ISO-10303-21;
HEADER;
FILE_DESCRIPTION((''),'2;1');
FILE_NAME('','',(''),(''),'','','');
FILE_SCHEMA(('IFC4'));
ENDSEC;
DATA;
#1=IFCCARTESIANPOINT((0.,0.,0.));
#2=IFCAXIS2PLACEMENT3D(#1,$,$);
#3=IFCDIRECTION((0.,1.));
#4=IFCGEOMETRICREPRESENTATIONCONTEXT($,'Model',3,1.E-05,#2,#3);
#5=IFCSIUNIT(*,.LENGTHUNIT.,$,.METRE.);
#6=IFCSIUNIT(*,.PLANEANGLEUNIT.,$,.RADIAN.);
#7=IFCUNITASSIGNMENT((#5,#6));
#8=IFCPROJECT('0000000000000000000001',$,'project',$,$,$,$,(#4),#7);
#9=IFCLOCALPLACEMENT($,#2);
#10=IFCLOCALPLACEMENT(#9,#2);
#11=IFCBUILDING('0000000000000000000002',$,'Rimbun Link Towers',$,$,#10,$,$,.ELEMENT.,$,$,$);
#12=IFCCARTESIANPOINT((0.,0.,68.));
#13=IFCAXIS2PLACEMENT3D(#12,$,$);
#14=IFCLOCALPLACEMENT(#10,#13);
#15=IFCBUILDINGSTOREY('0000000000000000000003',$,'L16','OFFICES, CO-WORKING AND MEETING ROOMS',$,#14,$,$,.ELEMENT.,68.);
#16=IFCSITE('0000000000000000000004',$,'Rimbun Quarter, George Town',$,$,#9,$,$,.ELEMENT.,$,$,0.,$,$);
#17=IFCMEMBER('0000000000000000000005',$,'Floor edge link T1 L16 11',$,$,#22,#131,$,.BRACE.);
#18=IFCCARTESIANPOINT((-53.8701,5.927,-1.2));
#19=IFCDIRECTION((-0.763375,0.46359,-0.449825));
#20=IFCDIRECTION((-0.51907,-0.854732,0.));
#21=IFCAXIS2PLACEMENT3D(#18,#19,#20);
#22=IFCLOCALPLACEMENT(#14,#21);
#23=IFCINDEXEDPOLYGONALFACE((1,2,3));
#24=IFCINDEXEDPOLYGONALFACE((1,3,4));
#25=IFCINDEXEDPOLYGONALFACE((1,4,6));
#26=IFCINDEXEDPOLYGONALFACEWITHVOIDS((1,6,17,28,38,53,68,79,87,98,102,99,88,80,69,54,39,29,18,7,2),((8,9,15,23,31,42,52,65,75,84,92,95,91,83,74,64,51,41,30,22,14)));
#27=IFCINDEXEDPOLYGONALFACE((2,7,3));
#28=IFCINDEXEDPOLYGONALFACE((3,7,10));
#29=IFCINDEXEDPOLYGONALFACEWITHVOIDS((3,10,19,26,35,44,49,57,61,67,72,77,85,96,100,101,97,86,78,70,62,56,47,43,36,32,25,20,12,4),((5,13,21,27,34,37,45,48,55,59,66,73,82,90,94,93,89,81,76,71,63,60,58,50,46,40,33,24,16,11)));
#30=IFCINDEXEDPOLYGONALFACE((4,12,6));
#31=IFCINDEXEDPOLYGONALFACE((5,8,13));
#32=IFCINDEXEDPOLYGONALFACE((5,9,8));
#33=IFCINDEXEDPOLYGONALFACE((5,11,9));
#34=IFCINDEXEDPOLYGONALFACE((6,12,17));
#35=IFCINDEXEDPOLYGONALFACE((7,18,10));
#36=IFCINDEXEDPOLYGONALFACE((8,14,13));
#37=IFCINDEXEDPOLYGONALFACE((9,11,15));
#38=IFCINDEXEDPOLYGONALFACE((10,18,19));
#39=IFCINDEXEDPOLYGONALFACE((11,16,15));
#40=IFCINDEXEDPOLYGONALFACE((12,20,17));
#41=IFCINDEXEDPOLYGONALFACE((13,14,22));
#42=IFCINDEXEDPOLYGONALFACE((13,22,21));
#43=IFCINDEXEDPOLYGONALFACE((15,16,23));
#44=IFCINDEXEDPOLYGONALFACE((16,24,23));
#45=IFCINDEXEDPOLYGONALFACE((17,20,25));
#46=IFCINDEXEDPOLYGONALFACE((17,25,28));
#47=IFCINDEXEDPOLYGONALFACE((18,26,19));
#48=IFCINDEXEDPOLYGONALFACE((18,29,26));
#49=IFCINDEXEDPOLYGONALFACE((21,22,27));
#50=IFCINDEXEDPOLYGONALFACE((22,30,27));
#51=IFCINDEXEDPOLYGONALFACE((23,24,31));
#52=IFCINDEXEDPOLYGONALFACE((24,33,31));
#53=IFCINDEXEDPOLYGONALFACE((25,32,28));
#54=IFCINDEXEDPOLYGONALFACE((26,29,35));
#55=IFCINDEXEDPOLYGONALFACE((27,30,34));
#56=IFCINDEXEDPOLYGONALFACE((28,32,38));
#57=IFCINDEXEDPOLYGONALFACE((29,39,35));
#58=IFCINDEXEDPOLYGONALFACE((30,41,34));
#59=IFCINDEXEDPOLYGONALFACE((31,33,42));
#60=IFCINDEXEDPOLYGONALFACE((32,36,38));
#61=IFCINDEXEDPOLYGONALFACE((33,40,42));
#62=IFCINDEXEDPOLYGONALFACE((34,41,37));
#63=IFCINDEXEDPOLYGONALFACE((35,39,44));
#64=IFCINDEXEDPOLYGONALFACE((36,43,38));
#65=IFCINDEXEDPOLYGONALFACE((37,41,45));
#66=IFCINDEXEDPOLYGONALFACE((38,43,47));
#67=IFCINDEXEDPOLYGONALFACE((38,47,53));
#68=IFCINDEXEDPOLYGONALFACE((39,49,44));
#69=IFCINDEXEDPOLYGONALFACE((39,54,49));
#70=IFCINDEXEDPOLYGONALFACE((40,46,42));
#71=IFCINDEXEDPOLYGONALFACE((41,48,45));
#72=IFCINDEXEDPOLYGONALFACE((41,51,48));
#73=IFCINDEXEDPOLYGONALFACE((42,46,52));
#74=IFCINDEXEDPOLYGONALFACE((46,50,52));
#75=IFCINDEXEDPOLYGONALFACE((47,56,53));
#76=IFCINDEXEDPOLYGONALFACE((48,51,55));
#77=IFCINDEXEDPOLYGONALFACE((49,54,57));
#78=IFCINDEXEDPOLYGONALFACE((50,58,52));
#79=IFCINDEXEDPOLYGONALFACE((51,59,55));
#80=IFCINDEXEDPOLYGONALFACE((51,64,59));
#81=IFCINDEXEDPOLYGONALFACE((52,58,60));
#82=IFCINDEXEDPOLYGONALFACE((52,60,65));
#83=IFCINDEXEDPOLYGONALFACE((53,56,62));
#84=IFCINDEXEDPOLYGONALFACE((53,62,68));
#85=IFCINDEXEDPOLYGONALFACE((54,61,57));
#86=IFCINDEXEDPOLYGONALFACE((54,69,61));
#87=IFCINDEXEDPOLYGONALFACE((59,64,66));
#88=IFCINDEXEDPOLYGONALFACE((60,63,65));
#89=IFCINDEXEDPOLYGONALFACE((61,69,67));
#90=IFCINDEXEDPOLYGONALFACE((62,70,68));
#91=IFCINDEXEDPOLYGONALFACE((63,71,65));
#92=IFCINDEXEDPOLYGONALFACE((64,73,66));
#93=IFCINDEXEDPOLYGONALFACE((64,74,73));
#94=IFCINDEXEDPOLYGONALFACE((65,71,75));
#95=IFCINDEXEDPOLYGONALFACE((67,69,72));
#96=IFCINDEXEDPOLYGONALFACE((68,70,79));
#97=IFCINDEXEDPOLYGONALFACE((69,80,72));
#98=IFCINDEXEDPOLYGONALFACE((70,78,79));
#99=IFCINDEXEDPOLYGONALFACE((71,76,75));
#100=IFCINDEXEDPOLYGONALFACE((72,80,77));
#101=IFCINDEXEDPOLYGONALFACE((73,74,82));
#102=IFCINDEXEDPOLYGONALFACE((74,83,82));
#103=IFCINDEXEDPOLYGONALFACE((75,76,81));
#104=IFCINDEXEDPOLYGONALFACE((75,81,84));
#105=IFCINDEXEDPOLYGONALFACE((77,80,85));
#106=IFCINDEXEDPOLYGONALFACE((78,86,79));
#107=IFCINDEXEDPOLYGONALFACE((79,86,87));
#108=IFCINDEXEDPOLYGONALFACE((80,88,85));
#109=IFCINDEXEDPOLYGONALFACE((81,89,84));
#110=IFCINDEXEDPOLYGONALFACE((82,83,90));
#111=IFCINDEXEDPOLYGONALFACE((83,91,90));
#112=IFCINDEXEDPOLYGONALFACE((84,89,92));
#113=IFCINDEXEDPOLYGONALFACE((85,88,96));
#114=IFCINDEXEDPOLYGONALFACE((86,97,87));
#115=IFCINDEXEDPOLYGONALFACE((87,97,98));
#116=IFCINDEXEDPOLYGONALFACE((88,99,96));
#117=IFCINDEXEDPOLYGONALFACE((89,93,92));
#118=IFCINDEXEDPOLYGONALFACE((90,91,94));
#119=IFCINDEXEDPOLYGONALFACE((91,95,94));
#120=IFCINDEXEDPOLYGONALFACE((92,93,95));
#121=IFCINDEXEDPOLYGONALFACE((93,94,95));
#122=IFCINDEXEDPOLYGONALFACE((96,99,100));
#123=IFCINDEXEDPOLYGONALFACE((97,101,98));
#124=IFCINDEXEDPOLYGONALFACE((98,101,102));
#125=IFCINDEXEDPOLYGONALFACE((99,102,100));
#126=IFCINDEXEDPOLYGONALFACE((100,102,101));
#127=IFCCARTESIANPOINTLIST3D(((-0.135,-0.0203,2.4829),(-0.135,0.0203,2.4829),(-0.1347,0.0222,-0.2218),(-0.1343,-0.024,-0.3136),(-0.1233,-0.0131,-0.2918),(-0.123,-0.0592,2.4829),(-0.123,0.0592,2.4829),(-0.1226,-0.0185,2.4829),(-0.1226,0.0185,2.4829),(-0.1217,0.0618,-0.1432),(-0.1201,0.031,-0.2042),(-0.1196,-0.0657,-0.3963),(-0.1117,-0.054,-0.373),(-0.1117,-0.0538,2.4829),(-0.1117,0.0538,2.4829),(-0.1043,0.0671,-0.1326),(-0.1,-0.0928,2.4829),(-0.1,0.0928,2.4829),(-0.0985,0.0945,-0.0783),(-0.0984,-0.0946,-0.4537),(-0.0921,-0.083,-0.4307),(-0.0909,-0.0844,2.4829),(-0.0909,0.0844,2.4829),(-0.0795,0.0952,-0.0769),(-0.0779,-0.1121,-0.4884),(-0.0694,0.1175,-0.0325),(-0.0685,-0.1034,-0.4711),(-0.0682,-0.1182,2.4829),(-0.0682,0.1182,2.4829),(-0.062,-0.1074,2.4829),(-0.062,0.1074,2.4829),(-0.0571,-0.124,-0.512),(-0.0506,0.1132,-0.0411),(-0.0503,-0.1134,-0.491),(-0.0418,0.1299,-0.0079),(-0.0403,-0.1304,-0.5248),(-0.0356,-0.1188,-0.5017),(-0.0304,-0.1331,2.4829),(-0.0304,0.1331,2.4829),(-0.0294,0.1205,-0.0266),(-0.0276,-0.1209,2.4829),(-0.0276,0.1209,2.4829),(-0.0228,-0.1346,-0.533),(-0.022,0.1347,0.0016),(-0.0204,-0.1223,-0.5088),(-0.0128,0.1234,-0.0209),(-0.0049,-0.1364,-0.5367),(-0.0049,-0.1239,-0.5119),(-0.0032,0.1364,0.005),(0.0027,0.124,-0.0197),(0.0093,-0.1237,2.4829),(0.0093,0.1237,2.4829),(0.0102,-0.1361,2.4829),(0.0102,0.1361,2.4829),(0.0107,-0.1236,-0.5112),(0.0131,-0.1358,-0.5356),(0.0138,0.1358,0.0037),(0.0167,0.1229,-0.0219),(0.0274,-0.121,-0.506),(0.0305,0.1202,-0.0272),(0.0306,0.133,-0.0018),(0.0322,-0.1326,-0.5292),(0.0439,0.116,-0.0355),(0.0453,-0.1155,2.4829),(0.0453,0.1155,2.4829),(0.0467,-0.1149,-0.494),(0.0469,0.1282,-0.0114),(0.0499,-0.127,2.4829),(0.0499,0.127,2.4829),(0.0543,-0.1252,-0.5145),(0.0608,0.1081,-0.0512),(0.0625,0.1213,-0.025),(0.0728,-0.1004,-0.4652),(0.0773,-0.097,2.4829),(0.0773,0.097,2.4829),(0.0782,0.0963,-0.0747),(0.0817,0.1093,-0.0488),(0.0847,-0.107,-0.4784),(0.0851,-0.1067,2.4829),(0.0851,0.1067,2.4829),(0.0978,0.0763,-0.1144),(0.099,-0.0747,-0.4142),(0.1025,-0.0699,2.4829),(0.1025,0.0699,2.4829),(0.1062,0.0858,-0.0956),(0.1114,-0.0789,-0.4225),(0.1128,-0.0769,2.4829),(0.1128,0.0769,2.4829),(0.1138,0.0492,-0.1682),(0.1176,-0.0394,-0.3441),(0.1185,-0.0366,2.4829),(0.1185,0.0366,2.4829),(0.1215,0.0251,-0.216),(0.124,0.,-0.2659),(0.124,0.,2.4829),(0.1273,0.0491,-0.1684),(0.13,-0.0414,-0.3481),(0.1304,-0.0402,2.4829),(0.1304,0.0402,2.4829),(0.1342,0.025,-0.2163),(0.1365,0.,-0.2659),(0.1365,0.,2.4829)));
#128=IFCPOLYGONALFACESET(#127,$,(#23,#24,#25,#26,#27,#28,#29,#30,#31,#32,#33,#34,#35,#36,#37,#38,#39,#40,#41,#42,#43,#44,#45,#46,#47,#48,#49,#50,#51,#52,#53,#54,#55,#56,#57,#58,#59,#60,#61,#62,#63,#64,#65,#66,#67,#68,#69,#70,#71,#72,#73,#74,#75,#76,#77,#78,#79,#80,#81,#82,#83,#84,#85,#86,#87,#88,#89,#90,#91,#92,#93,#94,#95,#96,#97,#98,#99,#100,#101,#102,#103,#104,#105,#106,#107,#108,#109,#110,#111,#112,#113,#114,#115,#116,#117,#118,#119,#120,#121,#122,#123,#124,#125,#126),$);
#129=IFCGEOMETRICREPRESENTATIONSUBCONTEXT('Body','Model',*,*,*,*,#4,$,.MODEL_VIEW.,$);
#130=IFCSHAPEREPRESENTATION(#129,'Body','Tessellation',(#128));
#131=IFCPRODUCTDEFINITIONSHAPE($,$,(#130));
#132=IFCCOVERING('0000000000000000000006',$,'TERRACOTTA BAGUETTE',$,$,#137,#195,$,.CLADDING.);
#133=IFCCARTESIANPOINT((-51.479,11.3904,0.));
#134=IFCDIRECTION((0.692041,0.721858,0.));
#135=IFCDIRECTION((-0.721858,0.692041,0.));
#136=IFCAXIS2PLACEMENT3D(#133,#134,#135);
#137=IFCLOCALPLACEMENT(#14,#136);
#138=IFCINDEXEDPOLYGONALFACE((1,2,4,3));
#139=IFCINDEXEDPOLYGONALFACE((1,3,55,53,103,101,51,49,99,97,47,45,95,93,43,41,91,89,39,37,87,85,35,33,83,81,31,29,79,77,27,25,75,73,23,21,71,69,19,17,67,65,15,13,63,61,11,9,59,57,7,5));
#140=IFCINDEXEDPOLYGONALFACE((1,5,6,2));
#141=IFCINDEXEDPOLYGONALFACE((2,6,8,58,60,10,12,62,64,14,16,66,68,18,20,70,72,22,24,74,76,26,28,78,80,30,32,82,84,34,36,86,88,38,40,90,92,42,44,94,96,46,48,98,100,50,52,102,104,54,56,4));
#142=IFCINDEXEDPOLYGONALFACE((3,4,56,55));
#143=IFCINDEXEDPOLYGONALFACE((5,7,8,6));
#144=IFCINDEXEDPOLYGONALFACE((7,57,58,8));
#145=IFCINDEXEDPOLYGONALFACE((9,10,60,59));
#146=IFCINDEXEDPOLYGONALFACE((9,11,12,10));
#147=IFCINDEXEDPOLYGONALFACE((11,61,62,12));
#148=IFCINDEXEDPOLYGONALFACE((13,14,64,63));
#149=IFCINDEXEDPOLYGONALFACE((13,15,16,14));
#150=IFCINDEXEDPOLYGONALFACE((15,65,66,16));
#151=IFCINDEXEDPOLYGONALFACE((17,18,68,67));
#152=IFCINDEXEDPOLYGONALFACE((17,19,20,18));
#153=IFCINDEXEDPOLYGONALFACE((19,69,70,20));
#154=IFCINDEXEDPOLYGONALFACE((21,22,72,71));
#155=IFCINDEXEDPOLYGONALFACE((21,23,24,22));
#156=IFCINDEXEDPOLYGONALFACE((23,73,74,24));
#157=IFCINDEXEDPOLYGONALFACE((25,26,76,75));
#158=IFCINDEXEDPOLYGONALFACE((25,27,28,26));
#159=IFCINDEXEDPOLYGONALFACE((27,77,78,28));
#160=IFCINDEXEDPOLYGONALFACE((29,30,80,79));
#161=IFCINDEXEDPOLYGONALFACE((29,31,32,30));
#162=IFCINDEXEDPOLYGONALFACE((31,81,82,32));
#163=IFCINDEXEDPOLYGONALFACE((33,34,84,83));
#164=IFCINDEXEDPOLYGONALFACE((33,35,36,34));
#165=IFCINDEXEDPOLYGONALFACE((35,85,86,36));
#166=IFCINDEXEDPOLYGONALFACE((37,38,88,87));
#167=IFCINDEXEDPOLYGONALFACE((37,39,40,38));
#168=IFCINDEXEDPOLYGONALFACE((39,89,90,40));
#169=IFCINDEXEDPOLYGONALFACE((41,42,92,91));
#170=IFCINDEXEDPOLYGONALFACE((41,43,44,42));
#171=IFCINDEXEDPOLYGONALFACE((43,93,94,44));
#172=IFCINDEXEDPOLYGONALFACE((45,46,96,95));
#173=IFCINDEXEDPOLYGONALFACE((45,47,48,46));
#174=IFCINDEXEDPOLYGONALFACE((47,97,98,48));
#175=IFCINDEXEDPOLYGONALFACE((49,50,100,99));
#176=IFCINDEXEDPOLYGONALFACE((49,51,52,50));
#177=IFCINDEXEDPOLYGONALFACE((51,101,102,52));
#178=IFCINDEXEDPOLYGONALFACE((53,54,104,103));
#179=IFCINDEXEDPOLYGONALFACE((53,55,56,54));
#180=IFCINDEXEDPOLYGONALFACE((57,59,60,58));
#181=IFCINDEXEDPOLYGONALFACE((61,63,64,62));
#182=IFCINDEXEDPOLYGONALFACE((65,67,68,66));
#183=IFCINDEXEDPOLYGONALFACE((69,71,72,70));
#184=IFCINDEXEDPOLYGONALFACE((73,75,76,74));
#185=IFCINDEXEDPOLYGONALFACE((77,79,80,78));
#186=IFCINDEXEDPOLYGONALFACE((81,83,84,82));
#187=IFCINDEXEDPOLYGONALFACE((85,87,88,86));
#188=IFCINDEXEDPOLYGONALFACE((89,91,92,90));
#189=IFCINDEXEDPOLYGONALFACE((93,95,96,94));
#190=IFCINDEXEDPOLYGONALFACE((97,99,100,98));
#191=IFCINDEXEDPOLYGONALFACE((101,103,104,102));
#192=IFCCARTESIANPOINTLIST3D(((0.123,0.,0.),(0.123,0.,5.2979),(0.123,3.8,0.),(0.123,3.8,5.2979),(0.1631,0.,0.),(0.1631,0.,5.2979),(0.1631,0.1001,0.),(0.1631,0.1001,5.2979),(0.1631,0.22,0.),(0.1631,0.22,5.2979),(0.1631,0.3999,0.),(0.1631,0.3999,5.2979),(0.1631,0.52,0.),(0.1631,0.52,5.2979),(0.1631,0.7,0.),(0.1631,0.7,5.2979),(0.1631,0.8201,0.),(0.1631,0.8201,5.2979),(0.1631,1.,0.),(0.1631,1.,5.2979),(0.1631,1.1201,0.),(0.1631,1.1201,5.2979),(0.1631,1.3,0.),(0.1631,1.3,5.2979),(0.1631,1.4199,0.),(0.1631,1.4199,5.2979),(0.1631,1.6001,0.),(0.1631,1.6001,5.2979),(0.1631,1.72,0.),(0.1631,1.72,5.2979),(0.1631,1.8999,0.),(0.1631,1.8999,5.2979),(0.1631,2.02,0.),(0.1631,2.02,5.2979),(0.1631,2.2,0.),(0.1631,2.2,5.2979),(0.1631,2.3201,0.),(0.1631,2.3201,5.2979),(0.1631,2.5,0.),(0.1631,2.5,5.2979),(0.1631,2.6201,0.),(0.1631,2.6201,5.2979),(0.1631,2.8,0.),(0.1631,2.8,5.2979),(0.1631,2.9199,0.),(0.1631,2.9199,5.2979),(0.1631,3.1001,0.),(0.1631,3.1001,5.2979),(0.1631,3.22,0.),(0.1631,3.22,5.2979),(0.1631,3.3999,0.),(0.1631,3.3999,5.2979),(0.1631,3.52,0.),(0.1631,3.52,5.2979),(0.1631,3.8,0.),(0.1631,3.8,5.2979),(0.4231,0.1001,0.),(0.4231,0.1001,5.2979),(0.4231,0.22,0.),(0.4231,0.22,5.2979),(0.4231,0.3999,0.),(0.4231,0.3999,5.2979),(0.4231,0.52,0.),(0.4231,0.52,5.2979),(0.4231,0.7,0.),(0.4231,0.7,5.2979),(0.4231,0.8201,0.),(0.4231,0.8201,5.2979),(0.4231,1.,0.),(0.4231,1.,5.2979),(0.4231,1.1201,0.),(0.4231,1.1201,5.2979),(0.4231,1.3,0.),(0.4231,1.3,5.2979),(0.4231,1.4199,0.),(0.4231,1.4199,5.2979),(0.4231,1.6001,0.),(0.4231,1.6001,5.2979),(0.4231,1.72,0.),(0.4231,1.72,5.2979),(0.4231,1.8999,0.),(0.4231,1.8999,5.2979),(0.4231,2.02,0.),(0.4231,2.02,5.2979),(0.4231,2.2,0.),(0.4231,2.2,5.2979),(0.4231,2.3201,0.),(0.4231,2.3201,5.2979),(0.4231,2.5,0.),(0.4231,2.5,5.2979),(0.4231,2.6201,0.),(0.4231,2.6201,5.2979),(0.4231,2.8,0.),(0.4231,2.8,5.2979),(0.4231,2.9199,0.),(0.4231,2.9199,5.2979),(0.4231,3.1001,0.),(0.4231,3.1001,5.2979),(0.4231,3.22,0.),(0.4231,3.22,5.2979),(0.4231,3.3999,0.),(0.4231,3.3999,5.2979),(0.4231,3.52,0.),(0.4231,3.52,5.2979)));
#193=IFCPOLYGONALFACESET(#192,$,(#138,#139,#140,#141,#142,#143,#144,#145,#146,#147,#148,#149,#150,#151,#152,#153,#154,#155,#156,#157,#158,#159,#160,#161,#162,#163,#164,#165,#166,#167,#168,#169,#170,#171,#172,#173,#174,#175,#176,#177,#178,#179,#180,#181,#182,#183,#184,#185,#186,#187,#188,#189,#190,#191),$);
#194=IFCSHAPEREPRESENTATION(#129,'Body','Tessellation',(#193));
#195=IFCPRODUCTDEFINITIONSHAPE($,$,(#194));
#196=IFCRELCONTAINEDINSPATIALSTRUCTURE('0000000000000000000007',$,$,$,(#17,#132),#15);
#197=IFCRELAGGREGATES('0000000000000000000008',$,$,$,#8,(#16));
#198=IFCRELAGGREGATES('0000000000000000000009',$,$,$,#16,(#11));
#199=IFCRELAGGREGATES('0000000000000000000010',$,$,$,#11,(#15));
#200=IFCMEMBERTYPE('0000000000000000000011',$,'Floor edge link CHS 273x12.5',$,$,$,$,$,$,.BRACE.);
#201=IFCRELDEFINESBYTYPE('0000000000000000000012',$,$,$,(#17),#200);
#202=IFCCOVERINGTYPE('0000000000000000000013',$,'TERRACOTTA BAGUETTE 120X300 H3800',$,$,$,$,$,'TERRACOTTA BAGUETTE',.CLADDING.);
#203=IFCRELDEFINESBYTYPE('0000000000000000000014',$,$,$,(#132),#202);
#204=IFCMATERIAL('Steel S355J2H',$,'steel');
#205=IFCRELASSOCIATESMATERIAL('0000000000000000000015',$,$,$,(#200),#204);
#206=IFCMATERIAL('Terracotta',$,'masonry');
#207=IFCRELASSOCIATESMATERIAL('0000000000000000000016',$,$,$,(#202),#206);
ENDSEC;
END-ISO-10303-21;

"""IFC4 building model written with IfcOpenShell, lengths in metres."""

from ifc_helpers import new_model, si_unit, direction, frame, origin, origin_2d, place, context, subcontext, project, spatial, polyline, hollow_circle, outline, extrude, clip, halfspace, material, material_profile, profile_set, type_object, element, save


model = new_model("IFC4")

# Units and contexts
model_context = context("Model", 3, precision=1e-05, world=origin(), true_north=direction((0.0, 1.0)))
body_context = subcontext(model_context, "Body", "Model", "MODEL_VIEW")
ifc_project = project(units=[si_unit("LENGTHUNIT", "METRE"), si_unit("PLANEANGLEUNIT", "RADIAN")], contexts=[model_context])

# Site, building, storey
site_placement = place(None, origin())
site = spatial("IfcSite", under=ifc_project, at=site_placement, Name="Rimbun Quarter, George Town", CompositionType="ELEMENT", RefElevation=0.0)
building_placement = place(site_placement, origin())
building = spatial("IfcBuilding", under=site, at=building_placement, Name="Rimbun Link Towers", CompositionType="ELEMENT")
storey_placement = place(building_placement, frame((0.0, 0.0, 68.0)))
storey = spatial("IfcBuildingStorey", under=building, at=storey_placement, Name="L16", Description="OFFICES, CO-WORKING AND MEETING ROOMS", CompositionType="ELEMENT", Elevation=68.0)

# Member
ifc_material_1 = material(Name="Steel S355J2H", Category="steel")
ifc_material_profile_1 = material_profile(ifc_material_1, hollow_circle(Radius=0.1365, WallThickness=0.0125, at=origin_2d()), Name="CHS 273x12.5")
ifc_profile_set_1 = profile_set([ifc_material_profile_1], Name="Steel S355J2H")
member_type_1 = type_object("IfcMemberType", Name="Floor edge link CHS 273x12.5", PredefinedType="BRACE", material=ifc_profile_set_1)
member_1_placement = place(storey_placement, frame((-53.8701, 5.927, -1.2), z_axis=(-0.763375, 0.46359, -0.449825), x_axis=(-0.51907, -0.854732, 0.0)))
element("IfcMember", 1, at=member_1_placement, inside=storey, type_object=member_type_1, Name="Floor edge link T1 L16 11", PredefinedType="BRACE", context=body_context, shape_type="Clipping", body=[
    clip(extrude(hollow_circle(Radius=0.1365, WallThickness=0.0125, at=origin_2d()), frame((0.0, 0.0, -0.5645)), (0.0, 0.0, 1.0), 3.0474), halfspace(frame((0.0, 0.0, -0.2659), z_axis=(0.0, 0.893117, -0.449825)), False)),
])

# Covering
ifc_material_2 = material(Name="Terracotta", Category="masonry")
ifc_material_profile_2 = material_profile(ifc_material_2, outline(polyline([(0.123, 0.0), (0.1631, 0.0), (0.1631, 0.1001), (0.4231, 0.1001), (0.4231, 0.22), (0.1631, 0.22), (0.1631, 0.3999), (0.4231, 0.3999), (0.4231, 0.52), (0.1631, 0.52), (0.1631, 0.7), (0.4231, 0.7), (0.4231, 0.8201), (0.1631, 0.8201), (0.1631, 1.0), (0.4231, 1.0), (0.4231, 1.1201), (0.1631, 1.1201), (0.1631, 1.3), (0.4231, 1.3), (0.4231, 1.4199), (0.1631, 1.4199), (0.1631, 1.6001), (0.4231, 1.6001), (0.4231, 1.72), (0.1631, 1.72), (0.1631, 1.8999), (0.4231, 1.8999), (0.4231, 2.02), (0.1631, 2.02), (0.1631, 2.2), (0.4231, 2.2), (0.4231, 2.3201), (0.1631, 2.3201), (0.1631, 2.5), (0.4231, 2.5), (0.4231, 2.6201), (0.1631, 2.6201), (0.1631, 2.8), (0.4231, 2.8), (0.4231, 2.9199), (0.1631, 2.9199), (0.1631, 3.1001), (0.4231, 3.1001), (0.4231, 3.22), (0.1631, 3.22), (0.1631, 3.3999), (0.4231, 3.3999), (0.4231, 3.52), (0.1631, 3.52), (0.1631, 3.8), (0.123, 3.8), (0.123, 0.0)])), Name="BAGUETTE 120X300")
ifc_profile_set_2 = profile_set([ifc_material_profile_2], Name="Terracotta")
covering_type = type_object("IfcCoveringType", Name="TERRACOTTA BAGUETTE 120X300 H3800", ElementType="TERRACOTTA BAGUETTE", PredefinedType="CLADDING", material=ifc_profile_set_2)
covering_1_placement = place(storey_placement, frame((-51.479, 11.3904, 0.0), z_axis=(0.692041, 0.721858, 0.0), x_axis=(-0.721858, 0.692041, 0.0)))
element("IfcCovering", 2, at=covering_1_placement, inside=storey, type_object=covering_type, Name="TERRACOTTA BAGUETTE", PredefinedType="CLADDING", context=body_context, shape_type="SweptSolid", body=[
    extrude(outline(polyline([(0.123, 0.0), (0.1631, 0.0), (0.1631, 0.1001), (0.4231, 0.1001), (0.4231, 0.22), (0.1631, 0.22), (0.1631, 0.3999), (0.4231, 0.3999), (0.4231, 0.52), (0.1631, 0.52), (0.1631, 0.7), (0.4231, 0.7), (0.4231, 0.8201), (0.1631, 0.8201), (0.1631, 1.0), (0.4231, 1.0), (0.4231, 1.1201), (0.1631, 1.1201), (0.1631, 1.3), (0.4231, 1.3), (0.4231, 1.4199), (0.1631, 1.4199), (0.1631, 1.6001), (0.4231, 1.6001), (0.4231, 1.72), (0.1631, 1.72), (0.1631, 1.8999), (0.4231, 1.8999), (0.4231, 2.02), (0.1631, 2.02), (0.1631, 2.2), (0.4231, 2.2), (0.4231, 2.3201), (0.1631, 2.3201), (0.1631, 2.5), (0.4231, 2.5), (0.4231, 2.6201), (0.1631, 2.6201), (0.1631, 2.8), (0.4231, 2.8), (0.4231, 2.9199), (0.1631, 2.9199), (0.1631, 3.1001), (0.4231, 3.1001), (0.4231, 3.22), (0.1631, 3.22), (0.1631, 3.3999), (0.4231, 3.3999), (0.4231, 3.52), (0.1631, 3.52), (0.1631, 3.8), (0.123, 3.8), (0.123, 0.0)])), origin(), (0.0, 0.0, 1.0), 5.2979),
])

save(model, "model.ifc")
